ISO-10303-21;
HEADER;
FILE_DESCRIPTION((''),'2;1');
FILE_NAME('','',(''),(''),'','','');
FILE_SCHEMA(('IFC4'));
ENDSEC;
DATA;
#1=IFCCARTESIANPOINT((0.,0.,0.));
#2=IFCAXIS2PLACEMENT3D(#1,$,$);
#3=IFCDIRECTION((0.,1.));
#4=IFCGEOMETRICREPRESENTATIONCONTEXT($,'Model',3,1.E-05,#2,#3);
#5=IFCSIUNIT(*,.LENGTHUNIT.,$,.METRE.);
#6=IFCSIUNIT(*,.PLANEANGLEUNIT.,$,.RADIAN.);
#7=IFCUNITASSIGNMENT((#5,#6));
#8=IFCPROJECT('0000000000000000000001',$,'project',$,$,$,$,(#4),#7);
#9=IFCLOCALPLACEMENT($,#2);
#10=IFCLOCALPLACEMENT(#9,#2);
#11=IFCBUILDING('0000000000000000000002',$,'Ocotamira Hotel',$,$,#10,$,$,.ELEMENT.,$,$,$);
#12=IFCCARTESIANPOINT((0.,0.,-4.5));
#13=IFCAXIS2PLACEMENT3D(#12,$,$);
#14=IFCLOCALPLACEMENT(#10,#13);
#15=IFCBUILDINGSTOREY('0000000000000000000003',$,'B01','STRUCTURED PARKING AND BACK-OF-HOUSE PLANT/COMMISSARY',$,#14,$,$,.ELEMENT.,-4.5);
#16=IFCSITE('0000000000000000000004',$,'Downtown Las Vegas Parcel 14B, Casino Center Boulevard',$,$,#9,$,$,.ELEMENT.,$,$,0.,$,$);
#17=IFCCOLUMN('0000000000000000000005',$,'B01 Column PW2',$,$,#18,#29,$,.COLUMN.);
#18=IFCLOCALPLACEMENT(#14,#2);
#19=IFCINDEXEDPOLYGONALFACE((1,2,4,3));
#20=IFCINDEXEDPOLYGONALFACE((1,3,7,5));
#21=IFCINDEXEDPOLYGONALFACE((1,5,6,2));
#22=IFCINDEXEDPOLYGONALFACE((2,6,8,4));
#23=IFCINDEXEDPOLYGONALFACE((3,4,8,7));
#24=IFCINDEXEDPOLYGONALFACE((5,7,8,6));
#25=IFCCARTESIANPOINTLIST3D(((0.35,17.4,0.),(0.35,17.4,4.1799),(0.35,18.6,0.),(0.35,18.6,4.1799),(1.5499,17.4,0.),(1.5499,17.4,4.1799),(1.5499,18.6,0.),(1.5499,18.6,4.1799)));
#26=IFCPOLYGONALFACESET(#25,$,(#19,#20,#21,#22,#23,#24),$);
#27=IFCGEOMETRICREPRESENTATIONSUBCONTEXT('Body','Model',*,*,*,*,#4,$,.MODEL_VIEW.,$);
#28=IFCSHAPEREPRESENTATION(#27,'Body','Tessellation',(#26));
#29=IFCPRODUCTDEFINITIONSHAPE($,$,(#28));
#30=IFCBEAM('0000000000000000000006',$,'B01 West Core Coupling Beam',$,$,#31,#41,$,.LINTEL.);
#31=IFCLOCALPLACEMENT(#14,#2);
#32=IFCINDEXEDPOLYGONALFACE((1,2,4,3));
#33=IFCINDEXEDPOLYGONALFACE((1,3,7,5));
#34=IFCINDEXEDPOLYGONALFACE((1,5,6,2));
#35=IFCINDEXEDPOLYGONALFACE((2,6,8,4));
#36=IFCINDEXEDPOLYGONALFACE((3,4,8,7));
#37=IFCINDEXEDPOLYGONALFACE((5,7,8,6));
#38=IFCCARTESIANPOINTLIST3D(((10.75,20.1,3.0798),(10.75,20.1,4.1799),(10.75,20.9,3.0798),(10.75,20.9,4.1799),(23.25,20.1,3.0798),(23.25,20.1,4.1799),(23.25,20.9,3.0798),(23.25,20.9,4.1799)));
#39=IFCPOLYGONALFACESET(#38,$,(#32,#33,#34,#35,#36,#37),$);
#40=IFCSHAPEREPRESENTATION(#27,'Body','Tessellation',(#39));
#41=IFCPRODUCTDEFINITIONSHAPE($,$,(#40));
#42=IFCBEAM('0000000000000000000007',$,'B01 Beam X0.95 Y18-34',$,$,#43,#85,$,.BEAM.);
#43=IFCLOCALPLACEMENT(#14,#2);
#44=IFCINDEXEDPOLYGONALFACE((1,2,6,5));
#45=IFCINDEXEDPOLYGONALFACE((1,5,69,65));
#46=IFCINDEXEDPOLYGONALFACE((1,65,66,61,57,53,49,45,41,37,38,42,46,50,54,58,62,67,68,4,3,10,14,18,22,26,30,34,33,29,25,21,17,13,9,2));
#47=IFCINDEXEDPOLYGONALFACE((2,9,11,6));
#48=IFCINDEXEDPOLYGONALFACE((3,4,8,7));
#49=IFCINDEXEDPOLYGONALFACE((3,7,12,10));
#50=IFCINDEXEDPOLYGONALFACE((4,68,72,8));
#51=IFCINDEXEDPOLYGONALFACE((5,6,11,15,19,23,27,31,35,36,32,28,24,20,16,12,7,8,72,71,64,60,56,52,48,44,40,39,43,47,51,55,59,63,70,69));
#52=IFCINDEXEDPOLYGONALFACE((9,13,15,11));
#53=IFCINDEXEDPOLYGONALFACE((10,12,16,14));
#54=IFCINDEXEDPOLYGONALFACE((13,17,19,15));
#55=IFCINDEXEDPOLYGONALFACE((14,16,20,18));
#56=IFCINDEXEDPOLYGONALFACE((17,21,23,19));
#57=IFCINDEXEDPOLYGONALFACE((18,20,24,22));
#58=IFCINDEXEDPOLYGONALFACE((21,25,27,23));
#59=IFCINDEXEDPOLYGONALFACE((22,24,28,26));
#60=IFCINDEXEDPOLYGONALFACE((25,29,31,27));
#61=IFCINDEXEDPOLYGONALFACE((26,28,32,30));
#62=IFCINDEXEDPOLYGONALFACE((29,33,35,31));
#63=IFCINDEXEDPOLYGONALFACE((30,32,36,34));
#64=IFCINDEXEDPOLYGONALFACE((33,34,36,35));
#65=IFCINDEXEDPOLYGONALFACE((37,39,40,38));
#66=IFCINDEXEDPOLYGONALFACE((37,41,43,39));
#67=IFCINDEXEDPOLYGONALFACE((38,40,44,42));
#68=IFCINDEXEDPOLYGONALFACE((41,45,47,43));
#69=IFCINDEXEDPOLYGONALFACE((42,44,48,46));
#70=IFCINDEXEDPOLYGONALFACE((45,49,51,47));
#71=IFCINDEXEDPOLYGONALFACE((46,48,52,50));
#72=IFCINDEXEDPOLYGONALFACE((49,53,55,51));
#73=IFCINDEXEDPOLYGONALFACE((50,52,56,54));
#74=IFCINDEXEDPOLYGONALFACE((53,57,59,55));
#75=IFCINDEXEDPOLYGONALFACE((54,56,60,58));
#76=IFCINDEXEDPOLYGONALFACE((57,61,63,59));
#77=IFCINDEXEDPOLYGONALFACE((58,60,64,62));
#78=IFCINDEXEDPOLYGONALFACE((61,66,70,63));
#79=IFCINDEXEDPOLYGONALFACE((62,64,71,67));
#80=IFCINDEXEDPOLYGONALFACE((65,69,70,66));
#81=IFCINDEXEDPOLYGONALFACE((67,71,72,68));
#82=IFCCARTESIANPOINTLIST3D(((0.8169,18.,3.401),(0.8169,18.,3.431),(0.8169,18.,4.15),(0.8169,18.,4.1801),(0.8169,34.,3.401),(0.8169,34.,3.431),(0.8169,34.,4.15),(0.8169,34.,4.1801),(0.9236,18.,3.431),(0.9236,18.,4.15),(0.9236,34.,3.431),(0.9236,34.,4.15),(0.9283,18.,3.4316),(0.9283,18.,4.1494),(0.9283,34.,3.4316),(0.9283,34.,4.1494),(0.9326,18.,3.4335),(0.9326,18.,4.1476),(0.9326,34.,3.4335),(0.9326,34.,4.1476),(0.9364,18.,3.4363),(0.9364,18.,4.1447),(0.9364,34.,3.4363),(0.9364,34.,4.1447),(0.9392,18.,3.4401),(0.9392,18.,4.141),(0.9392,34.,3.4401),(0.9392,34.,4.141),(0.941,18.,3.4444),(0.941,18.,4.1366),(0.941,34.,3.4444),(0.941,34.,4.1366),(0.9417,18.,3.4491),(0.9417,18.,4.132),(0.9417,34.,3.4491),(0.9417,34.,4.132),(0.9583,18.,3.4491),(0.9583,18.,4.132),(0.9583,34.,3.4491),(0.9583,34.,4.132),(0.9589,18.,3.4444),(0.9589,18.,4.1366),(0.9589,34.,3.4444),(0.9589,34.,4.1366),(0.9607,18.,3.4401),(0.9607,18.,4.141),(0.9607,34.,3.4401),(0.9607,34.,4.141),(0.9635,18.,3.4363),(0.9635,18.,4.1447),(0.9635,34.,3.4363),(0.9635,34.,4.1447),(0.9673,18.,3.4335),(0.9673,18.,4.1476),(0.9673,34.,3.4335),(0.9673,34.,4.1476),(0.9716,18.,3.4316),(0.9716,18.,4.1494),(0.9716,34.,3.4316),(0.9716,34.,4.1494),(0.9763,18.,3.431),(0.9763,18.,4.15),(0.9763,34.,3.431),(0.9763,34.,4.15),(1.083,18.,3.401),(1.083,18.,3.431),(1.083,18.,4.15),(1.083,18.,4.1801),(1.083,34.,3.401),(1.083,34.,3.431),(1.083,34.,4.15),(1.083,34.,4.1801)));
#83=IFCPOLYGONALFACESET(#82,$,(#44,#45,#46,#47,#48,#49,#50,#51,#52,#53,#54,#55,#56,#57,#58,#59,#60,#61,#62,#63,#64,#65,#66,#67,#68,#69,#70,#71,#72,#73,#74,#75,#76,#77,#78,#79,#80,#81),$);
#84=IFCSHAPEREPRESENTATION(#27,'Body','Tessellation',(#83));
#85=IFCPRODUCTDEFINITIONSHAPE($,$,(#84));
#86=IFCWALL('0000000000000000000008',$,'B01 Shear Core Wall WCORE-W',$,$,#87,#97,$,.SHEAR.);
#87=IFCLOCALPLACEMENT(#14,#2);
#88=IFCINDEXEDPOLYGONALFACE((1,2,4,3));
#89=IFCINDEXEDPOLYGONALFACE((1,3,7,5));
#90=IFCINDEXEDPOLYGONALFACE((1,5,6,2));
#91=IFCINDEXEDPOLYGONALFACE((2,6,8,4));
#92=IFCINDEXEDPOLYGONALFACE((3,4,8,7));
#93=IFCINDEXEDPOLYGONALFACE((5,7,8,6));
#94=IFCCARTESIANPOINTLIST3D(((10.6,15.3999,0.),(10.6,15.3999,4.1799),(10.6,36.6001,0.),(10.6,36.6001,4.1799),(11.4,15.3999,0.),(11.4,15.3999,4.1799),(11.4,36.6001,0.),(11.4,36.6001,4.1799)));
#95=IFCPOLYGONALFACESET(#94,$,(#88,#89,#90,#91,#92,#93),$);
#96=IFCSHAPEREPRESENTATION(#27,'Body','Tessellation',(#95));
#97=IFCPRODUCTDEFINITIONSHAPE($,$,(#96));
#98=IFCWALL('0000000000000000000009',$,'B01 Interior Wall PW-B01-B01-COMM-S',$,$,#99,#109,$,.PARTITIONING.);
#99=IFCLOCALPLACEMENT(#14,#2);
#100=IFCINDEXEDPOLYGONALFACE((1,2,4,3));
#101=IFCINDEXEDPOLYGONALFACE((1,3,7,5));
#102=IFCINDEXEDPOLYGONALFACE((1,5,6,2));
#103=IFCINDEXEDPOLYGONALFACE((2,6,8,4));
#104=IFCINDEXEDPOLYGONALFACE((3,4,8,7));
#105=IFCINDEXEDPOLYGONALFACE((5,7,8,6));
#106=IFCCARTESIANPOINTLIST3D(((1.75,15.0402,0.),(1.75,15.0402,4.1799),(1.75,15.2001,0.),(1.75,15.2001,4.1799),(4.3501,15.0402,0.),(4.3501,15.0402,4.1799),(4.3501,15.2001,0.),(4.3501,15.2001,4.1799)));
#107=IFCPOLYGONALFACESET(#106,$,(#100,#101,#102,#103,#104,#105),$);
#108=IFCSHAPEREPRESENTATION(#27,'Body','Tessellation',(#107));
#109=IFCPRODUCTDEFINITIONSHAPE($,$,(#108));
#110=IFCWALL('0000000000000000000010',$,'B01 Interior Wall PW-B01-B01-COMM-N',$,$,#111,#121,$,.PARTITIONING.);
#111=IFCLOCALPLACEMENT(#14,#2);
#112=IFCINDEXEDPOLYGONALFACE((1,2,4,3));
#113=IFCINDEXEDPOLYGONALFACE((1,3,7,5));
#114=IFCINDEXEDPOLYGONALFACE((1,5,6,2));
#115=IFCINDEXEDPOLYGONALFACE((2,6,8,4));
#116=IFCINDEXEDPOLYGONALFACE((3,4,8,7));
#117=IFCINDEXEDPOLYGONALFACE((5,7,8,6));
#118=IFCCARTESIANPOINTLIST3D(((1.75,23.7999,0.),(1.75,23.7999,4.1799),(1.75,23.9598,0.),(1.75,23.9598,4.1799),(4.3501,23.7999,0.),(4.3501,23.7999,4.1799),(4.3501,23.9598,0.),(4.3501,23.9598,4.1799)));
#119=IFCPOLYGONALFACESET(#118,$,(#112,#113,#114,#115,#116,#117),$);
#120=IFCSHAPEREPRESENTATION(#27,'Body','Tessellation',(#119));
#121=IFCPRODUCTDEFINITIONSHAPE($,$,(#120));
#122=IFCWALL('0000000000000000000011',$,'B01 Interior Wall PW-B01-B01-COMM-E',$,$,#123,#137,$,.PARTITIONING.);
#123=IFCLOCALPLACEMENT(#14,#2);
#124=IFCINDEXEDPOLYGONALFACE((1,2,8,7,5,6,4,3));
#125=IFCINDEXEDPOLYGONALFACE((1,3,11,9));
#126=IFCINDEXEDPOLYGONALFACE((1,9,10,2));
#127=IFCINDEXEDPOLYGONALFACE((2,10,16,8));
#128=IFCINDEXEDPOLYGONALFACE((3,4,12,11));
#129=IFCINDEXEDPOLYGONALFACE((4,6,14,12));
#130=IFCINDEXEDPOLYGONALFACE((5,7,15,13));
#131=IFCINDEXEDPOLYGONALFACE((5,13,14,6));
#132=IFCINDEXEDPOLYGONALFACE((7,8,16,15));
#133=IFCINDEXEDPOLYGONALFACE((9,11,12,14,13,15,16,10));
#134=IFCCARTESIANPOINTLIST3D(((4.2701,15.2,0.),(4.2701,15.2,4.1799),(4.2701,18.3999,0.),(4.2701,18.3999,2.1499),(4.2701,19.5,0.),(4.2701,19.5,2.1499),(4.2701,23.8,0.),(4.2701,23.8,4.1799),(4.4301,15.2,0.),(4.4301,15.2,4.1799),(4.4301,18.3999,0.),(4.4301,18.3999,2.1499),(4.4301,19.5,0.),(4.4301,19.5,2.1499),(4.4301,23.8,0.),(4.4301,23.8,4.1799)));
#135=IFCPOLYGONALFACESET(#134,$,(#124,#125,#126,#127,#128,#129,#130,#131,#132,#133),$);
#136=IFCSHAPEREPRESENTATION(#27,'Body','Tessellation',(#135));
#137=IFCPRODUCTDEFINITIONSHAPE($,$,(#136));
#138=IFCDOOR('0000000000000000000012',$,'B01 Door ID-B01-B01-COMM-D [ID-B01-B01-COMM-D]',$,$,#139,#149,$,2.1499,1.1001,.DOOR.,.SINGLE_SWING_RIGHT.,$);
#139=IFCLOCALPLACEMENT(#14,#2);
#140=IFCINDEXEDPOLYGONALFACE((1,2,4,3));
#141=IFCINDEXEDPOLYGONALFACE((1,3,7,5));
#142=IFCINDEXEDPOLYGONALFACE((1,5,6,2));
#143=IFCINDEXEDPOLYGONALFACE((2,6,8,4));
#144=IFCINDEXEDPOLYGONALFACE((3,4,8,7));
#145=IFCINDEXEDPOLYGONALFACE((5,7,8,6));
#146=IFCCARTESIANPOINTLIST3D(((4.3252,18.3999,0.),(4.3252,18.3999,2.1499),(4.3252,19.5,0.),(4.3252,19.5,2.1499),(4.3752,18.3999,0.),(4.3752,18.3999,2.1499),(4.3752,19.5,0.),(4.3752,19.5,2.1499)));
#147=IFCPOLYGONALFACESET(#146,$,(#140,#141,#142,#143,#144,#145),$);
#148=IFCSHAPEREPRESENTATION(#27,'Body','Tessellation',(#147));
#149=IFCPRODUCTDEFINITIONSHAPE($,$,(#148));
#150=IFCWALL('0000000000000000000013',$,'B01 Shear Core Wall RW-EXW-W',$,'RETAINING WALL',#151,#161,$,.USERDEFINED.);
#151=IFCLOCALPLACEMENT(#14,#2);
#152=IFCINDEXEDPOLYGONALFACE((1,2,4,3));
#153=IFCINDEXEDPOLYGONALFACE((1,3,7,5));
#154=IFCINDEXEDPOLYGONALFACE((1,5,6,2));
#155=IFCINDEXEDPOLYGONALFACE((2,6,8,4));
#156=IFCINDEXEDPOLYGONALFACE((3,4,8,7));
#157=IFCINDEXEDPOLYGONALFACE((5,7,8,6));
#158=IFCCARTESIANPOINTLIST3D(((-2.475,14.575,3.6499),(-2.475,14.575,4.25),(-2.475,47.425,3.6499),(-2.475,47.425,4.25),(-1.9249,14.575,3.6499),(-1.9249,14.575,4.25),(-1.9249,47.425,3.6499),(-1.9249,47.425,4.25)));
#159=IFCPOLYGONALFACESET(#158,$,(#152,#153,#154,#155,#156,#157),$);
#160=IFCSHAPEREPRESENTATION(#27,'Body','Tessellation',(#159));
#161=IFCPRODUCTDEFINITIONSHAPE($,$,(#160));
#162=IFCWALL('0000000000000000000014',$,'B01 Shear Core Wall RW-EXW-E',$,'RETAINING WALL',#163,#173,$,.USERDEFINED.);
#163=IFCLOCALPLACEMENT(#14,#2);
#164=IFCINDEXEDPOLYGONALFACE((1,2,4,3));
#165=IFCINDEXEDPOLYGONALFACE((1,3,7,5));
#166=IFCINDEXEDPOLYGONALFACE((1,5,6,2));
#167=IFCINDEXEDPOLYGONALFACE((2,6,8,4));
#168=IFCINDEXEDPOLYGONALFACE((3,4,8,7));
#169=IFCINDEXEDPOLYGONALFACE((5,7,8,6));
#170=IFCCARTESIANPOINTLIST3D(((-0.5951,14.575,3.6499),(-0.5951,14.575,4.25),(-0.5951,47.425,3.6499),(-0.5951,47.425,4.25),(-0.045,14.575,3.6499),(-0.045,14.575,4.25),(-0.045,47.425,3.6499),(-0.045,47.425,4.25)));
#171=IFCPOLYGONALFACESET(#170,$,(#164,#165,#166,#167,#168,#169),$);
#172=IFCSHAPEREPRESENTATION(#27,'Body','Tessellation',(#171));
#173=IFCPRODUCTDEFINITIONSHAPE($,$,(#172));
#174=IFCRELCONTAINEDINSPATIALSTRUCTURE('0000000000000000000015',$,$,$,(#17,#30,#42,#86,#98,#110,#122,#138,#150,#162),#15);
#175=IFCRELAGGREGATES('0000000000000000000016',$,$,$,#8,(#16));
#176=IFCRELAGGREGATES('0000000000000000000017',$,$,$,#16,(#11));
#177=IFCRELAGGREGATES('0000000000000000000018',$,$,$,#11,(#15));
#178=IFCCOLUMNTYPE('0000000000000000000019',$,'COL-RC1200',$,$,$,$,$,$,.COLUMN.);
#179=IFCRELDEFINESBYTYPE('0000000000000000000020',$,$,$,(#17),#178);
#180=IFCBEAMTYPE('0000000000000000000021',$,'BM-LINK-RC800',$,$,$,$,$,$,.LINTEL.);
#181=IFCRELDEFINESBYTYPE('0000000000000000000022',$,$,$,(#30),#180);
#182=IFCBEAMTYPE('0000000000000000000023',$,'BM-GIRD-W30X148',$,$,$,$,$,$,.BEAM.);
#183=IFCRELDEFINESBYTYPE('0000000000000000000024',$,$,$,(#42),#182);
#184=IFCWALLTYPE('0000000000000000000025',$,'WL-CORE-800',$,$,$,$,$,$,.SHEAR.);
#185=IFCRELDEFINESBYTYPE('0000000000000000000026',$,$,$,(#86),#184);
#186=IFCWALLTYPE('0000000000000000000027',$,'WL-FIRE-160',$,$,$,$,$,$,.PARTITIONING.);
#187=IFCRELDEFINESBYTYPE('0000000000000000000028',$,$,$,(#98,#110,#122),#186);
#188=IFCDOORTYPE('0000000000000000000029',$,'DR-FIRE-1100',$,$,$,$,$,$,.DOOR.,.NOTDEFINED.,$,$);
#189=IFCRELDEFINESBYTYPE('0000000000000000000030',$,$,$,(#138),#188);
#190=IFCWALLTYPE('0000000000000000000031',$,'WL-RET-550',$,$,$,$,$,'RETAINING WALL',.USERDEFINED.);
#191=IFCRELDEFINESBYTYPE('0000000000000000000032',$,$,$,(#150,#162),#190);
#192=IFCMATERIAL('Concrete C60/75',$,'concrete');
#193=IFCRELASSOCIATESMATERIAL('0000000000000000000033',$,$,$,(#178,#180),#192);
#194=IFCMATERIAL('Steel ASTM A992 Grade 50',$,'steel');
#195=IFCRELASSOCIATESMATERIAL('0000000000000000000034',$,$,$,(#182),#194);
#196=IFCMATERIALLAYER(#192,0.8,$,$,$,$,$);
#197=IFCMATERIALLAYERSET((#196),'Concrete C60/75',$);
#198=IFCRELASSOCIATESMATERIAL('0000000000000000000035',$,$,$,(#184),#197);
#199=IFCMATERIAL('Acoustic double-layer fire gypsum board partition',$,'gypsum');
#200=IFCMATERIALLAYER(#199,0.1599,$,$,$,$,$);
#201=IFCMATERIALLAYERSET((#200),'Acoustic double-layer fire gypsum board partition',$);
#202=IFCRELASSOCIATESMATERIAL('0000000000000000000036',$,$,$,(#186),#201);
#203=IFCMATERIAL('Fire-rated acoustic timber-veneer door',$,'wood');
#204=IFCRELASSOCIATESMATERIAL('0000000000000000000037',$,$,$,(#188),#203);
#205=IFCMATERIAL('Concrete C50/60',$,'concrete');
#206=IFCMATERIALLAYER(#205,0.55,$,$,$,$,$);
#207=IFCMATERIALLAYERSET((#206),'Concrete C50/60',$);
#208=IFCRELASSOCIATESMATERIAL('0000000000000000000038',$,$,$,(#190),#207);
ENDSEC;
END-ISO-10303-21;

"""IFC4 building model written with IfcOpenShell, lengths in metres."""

from ifc_helpers import new_model, si_unit, direction, frame, frame_2d, origin, origin_2d, place, context, subcontext, project, spatial, rectangle, i_section, extrude, source, transform, mapped, material, layer, layer_set, material_profile, profile_set, type_object, element, fill, save


model = new_model("IFC4")

# Units and contexts
model_context = context("Model", 3, precision=1e-05, world=origin(), true_north=direction((0.0, 1.0)))
body_context = subcontext(model_context, "Body", "Model", "MODEL_VIEW")
ifc_project = project(units=[si_unit("LENGTHUNIT", "METRE"), si_unit("PLANEANGLEUNIT", "RADIAN")], contexts=[model_context])

# Site, building, storey
site_placement = place(None, origin())
site = spatial("IfcSite", under=ifc_project, at=site_placement, Name="Downtown Las Vegas Parcel 14B, Casino Center Boulevard", CompositionType="ELEMENT", RefElevation=0.0)
building_placement = place(site_placement, origin())
building = spatial("IfcBuilding", under=site, at=building_placement, Name="Ocotamira Hotel", CompositionType="ELEMENT")
storey_placement = place(building_placement, frame((0.0, 0.0, -4.5)))
storey = spatial("IfcBuildingStorey", under=building, at=storey_placement, Name="B01", Description="STRUCTURED PARKING AND BACK-OF-HOUSE PLANT/COMMISSARY", CompositionType="ELEMENT", Elevation=-4.5)

# Column
ifc_material_1 = material(Name="Concrete C60/75", Category="concrete")
ifc_material_profile_1 = material_profile(ifc_material_1, rectangle(XDim=1.2, YDim=1.2, at=origin_2d()), Name="RC1200X1200")
ifc_profile_set_1 = profile_set([ifc_material_profile_1], Name="Concrete C60/75")
column_type = type_object("IfcColumnType", Name="COL-RC1200", PredefinedType="COLUMN", material=ifc_profile_set_1)
shared_shape_1 = source(origin(), body_context, "Body", "SweptSolid", [
    extrude(rectangle(XDim=1.2, YDim=1.2, at=origin_2d()), origin(), (0.0, 0.0, 1.0), 4.1799),
])
column_placement = place(storey_placement, frame((0.95, 18.0, 0.0), z_axis=(0.0, 0.0, 1.0), x_axis=(1.0, 0.0, 0.0)))
element("IfcColumn", 1, at=column_placement, inside=storey, type_object=column_type, Name="B01 Column PW2", PredefinedType="COLUMN", context=body_context, shape_type="MappedRepresentation", body=[
    mapped(shared_shape_1, transform((0.0, 0.0, 0.0), scale=1.0)),
])

# Beams
ifc_material_profile_2 = material_profile(ifc_material_1, rectangle(XDim=0.8, YDim=1.1001, at=origin_2d()), Name="RC800X1100")
ifc_profile_set_2 = profile_set([ifc_material_profile_2], Name="Concrete C60/75")
beam_type_1 = type_object("IfcBeamType", Name="BM-LINK-RC800", PredefinedType="LINTEL", material=ifc_profile_set_2)
shared_shape_2 = source(origin(), body_context, "Body", "SweptSolid", [
    extrude(rectangle(XDim=0.8, YDim=1.1001, at=origin_2d()), origin(), (0.0, 0.0, 1.0), 12.5),
])
beam_1_placement = place(storey_placement, frame((10.75, 20.5, 3.6299), z_axis=(1.0, 0.0, 0.0), x_axis=(0.0, 1.0, 0.0)))
element("IfcBeam", 2, at=beam_1_placement, inside=storey, type_object=beam_type_1, Name="B01 West Core Coupling Beam", PredefinedType="LINTEL", context=body_context, shape_type="MappedRepresentation", body=[
    mapped(shared_shape_2, transform((0.0, 0.0, 0.0), scale=1.0)),
])
ifc_material_2 = material(Name="Steel ASTM A992 Grade 50", Category="steel")
ifc_material_profile_3 = material_profile(ifc_material_2, i_section(OverallWidth=0.2661, OverallDepth=0.7791, WebThickness=0.0166, FlangeThickness=0.03, FilletRadius=0.0181, at=origin_2d()), Name="W30X148")
ifc_profile_set_3 = profile_set([ifc_material_profile_3], Name="Steel ASTM A992 Grade 50")
beam_type_2 = type_object("IfcBeamType", Name="BM-GIRD-W30X148", PredefinedType="BEAM", material=ifc_profile_set_3)
shared_shape_3 = source(origin(), body_context, "Body", "SweptSolid", [
    extrude(i_section(OverallWidth=0.2661, OverallDepth=0.7791, WebThickness=0.0166, FlangeThickness=0.03, FilletRadius=0.0181, at=origin_2d()), origin(), (0.0, 0.0, 1.0), 16.0),
])
beam_2_placement = place(storey_placement, frame((0.95, 18.0, 3.7905), z_axis=(0.0, 1.0, 0.0), x_axis=(-1.0, 0.0, 0.0)))
element("IfcBeam", 3, at=beam_2_placement, inside=storey, type_object=beam_type_2, Name="B01 Beam X0.95 Y18-34", PredefinedType="BEAM", context=body_context, shape_type="MappedRepresentation", body=[
    mapped(shared_shape_3, transform((0.0, 0.0, 0.0), scale=1.0)),
])

# Shared definitions
ifc_layer_1 = layer(ifc_material_1, 0.8)
ifc_layer_set_1 = layer_set([ifc_layer_1], Name="Concrete C60/75")
wall_type_1 = type_object("IfcWallType", Name="WL-CORE-800", PredefinedType="SHEAR", material=ifc_layer_set_1)
ifc_material_3 = material(Name="Fire-rated acoustic timber-veneer door", Category="wood")

# Walls
wall_1_placement = place(storey_placement, frame((11.0, 15.3999, 0.0), z_axis=(0.0, 0.0, 1.0), x_axis=(0.0, 1.0, 0.0)))
element("IfcWall", 4, at=wall_1_placement, inside=storey, type_object=wall_type_1, Name="B01 Shear Core Wall WCORE-W", PredefinedType="SHEAR", context=body_context, shape_type="SweptSolid", body=[
    extrude(rectangle(XDim=21.2002, YDim=0.8, at=frame_2d((10.6001, 0.0))), origin(), (0.0, 0.0, 1.0), 4.1799),
])
ifc_material_4 = material(Name="Acoustic double-layer fire gypsum board partition", Category="gypsum")
ifc_layer_2 = layer(ifc_material_4, 0.1599)
ifc_layer_set_2 = layer_set([ifc_layer_2], Name="Acoustic double-layer fire gypsum board partition")
wall_type_2 = type_object("IfcWallType", Name="WL-FIRE-160", PredefinedType="PARTITIONING", material=ifc_layer_set_2)
for number, where, z_axis, x_axis, name in (
    (5, (1.75, 15.1201, 0.0), (0.0, 0.0, 1.0), (1.0, 0.0, 0.0), "B01 Interior Wall PW-B01-B01-COMM-S"),
    (6, (1.75, 23.8799, 0.0), (0.0, 0.0, 1.0), (1.0, 0.0, 0.0), "B01 Interior Wall PW-B01-B01-COMM-N"),
):
    element("IfcWall", number, at=place(storey_placement, frame(where, z_axis=z_axis, x_axis=x_axis)), inside=storey, type_object=wall_type_2, Name=name, PredefinedType="PARTITIONING", context=body_context, shape_type="SweptSolid", body=[
        extrude(rectangle(XDim=2.6001, YDim=0.1599, at=frame_2d((1.3, 0.0))), origin(), (0.0, 0.0, 1.0), 4.1799),
    ])

# Wall, opening, door
wall_2_placement = place(storey_placement, frame((4.3501, 15.2, 0.0), z_axis=(0.0, 0.0, 1.0), x_axis=(0.0, 1.0, 0.0)))
wall_2 = element("IfcWall", 7, at=wall_2_placement, inside=storey, type_object=wall_type_2, Name="B01 Interior Wall PW-B01-B01-COMM-E", PredefinedType="PARTITIONING", context=body_context, shape_type="SweptSolid", body=[
    extrude(rectangle(XDim=8.6001, YDim=0.1599, at=frame_2d((4.3, 0.0))), origin(), (0.0, 0.0, 1.0), 4.1799),
])
opening_1_placement = place(wall_2_placement, frame((3.2, 0.0, 0.0)))
opening_1 = element("IfcOpeningElement", 8, at=opening_1_placement, cuts=wall_2, PredefinedType="OPENING", context=body_context, shape_type="SweptSolid", body=[
    extrude(rectangle(XDim=1.1001, YDim=2.1499, at=frame_2d((0.55, 1.075))), frame((0.0, 0.0898, 0.0), z_axis=(0.0, -1.0, 0.0), x_axis=(1.0, 0.0, 0.0)), (0.0, 0.0, 1.0), 0.1799),
])
door_type_1 = type_object("IfcDoorType", Name="DR-FIRE-1100", OperationType="NOTDEFINED", PredefinedType="DOOR", material=ifc_material_3)
shared_shape_4 = source(origin(), body_context, "Body", "SweptSolid", [
    extrude(rectangle(XDim=1.1001, YDim=2.1499, at=frame_2d((0.55, 1.075))), frame((0.0, 0.0249, 0.0), z_axis=(0.0, -1.0, 0.0), x_axis=(1.0, 0.0, 0.0)), (0.0, 0.0, 1.0), 0.05),
])
door_1_placement = place(opening_1_placement, origin())
door_1 = element("IfcDoor", 9, at=door_1_placement, inside=storey, type_object=door_type_1, Name="B01 Door ID-B01-B01-COMM-D [ID-B01-B01-COMM-D]", OperationType="SINGLE_SWING_RIGHT", OverallHeight=2.1499, OverallWidth=1.1001, PredefinedType="DOOR", context=body_context, shape_type="MappedRepresentation", body=[
    mapped(shared_shape_4, transform((0.0, 0.0, 0.0), scale=1.0)),
])
fill(opening_1, door_1)

# Walls
ifc_material_5 = material(Name="Concrete C50/60", Category="concrete")
ifc_layer_3 = layer(ifc_material_5, 0.55)
ifc_layer_set_3 = layer_set([ifc_layer_3], Name="Concrete C50/60")
wall_type_3 = type_object("IfcWallType", Name="WL-RET-550", ElementType="RETAINING WALL", PredefinedType="USERDEFINED", material=ifc_layer_set_3)
for number, where, z_axis, x_axis, name in (
    (10, (-2.2, 14.575, 3.6499), (0.0, 0.0, 1.0), (0.0, 1.0, 0.0), "B01 Shear Core Wall RW-EXW-W"),
    (11, (-0.3201, 14.575, 3.6499), (0.0, 0.0, 1.0), (0.0, 1.0, 0.0), "B01 Shear Core Wall RW-EXW-E"),
):
    element("IfcWall", number, at=place(storey_placement, frame(where, z_axis=z_axis, x_axis=x_axis)), inside=storey, type_object=wall_type_3, Name=name, ObjectType="RETAINING WALL", PredefinedType="USERDEFINED", context=body_context, shape_type="SweptSolid", body=[
        extrude(rectangle(XDim=32.8501, YDim=0.55, at=frame_2d((16.425, 0.0))), origin(), (0.0, 0.0, 1.0), 0.6001),
    ])

save(model, "model.ifc")
